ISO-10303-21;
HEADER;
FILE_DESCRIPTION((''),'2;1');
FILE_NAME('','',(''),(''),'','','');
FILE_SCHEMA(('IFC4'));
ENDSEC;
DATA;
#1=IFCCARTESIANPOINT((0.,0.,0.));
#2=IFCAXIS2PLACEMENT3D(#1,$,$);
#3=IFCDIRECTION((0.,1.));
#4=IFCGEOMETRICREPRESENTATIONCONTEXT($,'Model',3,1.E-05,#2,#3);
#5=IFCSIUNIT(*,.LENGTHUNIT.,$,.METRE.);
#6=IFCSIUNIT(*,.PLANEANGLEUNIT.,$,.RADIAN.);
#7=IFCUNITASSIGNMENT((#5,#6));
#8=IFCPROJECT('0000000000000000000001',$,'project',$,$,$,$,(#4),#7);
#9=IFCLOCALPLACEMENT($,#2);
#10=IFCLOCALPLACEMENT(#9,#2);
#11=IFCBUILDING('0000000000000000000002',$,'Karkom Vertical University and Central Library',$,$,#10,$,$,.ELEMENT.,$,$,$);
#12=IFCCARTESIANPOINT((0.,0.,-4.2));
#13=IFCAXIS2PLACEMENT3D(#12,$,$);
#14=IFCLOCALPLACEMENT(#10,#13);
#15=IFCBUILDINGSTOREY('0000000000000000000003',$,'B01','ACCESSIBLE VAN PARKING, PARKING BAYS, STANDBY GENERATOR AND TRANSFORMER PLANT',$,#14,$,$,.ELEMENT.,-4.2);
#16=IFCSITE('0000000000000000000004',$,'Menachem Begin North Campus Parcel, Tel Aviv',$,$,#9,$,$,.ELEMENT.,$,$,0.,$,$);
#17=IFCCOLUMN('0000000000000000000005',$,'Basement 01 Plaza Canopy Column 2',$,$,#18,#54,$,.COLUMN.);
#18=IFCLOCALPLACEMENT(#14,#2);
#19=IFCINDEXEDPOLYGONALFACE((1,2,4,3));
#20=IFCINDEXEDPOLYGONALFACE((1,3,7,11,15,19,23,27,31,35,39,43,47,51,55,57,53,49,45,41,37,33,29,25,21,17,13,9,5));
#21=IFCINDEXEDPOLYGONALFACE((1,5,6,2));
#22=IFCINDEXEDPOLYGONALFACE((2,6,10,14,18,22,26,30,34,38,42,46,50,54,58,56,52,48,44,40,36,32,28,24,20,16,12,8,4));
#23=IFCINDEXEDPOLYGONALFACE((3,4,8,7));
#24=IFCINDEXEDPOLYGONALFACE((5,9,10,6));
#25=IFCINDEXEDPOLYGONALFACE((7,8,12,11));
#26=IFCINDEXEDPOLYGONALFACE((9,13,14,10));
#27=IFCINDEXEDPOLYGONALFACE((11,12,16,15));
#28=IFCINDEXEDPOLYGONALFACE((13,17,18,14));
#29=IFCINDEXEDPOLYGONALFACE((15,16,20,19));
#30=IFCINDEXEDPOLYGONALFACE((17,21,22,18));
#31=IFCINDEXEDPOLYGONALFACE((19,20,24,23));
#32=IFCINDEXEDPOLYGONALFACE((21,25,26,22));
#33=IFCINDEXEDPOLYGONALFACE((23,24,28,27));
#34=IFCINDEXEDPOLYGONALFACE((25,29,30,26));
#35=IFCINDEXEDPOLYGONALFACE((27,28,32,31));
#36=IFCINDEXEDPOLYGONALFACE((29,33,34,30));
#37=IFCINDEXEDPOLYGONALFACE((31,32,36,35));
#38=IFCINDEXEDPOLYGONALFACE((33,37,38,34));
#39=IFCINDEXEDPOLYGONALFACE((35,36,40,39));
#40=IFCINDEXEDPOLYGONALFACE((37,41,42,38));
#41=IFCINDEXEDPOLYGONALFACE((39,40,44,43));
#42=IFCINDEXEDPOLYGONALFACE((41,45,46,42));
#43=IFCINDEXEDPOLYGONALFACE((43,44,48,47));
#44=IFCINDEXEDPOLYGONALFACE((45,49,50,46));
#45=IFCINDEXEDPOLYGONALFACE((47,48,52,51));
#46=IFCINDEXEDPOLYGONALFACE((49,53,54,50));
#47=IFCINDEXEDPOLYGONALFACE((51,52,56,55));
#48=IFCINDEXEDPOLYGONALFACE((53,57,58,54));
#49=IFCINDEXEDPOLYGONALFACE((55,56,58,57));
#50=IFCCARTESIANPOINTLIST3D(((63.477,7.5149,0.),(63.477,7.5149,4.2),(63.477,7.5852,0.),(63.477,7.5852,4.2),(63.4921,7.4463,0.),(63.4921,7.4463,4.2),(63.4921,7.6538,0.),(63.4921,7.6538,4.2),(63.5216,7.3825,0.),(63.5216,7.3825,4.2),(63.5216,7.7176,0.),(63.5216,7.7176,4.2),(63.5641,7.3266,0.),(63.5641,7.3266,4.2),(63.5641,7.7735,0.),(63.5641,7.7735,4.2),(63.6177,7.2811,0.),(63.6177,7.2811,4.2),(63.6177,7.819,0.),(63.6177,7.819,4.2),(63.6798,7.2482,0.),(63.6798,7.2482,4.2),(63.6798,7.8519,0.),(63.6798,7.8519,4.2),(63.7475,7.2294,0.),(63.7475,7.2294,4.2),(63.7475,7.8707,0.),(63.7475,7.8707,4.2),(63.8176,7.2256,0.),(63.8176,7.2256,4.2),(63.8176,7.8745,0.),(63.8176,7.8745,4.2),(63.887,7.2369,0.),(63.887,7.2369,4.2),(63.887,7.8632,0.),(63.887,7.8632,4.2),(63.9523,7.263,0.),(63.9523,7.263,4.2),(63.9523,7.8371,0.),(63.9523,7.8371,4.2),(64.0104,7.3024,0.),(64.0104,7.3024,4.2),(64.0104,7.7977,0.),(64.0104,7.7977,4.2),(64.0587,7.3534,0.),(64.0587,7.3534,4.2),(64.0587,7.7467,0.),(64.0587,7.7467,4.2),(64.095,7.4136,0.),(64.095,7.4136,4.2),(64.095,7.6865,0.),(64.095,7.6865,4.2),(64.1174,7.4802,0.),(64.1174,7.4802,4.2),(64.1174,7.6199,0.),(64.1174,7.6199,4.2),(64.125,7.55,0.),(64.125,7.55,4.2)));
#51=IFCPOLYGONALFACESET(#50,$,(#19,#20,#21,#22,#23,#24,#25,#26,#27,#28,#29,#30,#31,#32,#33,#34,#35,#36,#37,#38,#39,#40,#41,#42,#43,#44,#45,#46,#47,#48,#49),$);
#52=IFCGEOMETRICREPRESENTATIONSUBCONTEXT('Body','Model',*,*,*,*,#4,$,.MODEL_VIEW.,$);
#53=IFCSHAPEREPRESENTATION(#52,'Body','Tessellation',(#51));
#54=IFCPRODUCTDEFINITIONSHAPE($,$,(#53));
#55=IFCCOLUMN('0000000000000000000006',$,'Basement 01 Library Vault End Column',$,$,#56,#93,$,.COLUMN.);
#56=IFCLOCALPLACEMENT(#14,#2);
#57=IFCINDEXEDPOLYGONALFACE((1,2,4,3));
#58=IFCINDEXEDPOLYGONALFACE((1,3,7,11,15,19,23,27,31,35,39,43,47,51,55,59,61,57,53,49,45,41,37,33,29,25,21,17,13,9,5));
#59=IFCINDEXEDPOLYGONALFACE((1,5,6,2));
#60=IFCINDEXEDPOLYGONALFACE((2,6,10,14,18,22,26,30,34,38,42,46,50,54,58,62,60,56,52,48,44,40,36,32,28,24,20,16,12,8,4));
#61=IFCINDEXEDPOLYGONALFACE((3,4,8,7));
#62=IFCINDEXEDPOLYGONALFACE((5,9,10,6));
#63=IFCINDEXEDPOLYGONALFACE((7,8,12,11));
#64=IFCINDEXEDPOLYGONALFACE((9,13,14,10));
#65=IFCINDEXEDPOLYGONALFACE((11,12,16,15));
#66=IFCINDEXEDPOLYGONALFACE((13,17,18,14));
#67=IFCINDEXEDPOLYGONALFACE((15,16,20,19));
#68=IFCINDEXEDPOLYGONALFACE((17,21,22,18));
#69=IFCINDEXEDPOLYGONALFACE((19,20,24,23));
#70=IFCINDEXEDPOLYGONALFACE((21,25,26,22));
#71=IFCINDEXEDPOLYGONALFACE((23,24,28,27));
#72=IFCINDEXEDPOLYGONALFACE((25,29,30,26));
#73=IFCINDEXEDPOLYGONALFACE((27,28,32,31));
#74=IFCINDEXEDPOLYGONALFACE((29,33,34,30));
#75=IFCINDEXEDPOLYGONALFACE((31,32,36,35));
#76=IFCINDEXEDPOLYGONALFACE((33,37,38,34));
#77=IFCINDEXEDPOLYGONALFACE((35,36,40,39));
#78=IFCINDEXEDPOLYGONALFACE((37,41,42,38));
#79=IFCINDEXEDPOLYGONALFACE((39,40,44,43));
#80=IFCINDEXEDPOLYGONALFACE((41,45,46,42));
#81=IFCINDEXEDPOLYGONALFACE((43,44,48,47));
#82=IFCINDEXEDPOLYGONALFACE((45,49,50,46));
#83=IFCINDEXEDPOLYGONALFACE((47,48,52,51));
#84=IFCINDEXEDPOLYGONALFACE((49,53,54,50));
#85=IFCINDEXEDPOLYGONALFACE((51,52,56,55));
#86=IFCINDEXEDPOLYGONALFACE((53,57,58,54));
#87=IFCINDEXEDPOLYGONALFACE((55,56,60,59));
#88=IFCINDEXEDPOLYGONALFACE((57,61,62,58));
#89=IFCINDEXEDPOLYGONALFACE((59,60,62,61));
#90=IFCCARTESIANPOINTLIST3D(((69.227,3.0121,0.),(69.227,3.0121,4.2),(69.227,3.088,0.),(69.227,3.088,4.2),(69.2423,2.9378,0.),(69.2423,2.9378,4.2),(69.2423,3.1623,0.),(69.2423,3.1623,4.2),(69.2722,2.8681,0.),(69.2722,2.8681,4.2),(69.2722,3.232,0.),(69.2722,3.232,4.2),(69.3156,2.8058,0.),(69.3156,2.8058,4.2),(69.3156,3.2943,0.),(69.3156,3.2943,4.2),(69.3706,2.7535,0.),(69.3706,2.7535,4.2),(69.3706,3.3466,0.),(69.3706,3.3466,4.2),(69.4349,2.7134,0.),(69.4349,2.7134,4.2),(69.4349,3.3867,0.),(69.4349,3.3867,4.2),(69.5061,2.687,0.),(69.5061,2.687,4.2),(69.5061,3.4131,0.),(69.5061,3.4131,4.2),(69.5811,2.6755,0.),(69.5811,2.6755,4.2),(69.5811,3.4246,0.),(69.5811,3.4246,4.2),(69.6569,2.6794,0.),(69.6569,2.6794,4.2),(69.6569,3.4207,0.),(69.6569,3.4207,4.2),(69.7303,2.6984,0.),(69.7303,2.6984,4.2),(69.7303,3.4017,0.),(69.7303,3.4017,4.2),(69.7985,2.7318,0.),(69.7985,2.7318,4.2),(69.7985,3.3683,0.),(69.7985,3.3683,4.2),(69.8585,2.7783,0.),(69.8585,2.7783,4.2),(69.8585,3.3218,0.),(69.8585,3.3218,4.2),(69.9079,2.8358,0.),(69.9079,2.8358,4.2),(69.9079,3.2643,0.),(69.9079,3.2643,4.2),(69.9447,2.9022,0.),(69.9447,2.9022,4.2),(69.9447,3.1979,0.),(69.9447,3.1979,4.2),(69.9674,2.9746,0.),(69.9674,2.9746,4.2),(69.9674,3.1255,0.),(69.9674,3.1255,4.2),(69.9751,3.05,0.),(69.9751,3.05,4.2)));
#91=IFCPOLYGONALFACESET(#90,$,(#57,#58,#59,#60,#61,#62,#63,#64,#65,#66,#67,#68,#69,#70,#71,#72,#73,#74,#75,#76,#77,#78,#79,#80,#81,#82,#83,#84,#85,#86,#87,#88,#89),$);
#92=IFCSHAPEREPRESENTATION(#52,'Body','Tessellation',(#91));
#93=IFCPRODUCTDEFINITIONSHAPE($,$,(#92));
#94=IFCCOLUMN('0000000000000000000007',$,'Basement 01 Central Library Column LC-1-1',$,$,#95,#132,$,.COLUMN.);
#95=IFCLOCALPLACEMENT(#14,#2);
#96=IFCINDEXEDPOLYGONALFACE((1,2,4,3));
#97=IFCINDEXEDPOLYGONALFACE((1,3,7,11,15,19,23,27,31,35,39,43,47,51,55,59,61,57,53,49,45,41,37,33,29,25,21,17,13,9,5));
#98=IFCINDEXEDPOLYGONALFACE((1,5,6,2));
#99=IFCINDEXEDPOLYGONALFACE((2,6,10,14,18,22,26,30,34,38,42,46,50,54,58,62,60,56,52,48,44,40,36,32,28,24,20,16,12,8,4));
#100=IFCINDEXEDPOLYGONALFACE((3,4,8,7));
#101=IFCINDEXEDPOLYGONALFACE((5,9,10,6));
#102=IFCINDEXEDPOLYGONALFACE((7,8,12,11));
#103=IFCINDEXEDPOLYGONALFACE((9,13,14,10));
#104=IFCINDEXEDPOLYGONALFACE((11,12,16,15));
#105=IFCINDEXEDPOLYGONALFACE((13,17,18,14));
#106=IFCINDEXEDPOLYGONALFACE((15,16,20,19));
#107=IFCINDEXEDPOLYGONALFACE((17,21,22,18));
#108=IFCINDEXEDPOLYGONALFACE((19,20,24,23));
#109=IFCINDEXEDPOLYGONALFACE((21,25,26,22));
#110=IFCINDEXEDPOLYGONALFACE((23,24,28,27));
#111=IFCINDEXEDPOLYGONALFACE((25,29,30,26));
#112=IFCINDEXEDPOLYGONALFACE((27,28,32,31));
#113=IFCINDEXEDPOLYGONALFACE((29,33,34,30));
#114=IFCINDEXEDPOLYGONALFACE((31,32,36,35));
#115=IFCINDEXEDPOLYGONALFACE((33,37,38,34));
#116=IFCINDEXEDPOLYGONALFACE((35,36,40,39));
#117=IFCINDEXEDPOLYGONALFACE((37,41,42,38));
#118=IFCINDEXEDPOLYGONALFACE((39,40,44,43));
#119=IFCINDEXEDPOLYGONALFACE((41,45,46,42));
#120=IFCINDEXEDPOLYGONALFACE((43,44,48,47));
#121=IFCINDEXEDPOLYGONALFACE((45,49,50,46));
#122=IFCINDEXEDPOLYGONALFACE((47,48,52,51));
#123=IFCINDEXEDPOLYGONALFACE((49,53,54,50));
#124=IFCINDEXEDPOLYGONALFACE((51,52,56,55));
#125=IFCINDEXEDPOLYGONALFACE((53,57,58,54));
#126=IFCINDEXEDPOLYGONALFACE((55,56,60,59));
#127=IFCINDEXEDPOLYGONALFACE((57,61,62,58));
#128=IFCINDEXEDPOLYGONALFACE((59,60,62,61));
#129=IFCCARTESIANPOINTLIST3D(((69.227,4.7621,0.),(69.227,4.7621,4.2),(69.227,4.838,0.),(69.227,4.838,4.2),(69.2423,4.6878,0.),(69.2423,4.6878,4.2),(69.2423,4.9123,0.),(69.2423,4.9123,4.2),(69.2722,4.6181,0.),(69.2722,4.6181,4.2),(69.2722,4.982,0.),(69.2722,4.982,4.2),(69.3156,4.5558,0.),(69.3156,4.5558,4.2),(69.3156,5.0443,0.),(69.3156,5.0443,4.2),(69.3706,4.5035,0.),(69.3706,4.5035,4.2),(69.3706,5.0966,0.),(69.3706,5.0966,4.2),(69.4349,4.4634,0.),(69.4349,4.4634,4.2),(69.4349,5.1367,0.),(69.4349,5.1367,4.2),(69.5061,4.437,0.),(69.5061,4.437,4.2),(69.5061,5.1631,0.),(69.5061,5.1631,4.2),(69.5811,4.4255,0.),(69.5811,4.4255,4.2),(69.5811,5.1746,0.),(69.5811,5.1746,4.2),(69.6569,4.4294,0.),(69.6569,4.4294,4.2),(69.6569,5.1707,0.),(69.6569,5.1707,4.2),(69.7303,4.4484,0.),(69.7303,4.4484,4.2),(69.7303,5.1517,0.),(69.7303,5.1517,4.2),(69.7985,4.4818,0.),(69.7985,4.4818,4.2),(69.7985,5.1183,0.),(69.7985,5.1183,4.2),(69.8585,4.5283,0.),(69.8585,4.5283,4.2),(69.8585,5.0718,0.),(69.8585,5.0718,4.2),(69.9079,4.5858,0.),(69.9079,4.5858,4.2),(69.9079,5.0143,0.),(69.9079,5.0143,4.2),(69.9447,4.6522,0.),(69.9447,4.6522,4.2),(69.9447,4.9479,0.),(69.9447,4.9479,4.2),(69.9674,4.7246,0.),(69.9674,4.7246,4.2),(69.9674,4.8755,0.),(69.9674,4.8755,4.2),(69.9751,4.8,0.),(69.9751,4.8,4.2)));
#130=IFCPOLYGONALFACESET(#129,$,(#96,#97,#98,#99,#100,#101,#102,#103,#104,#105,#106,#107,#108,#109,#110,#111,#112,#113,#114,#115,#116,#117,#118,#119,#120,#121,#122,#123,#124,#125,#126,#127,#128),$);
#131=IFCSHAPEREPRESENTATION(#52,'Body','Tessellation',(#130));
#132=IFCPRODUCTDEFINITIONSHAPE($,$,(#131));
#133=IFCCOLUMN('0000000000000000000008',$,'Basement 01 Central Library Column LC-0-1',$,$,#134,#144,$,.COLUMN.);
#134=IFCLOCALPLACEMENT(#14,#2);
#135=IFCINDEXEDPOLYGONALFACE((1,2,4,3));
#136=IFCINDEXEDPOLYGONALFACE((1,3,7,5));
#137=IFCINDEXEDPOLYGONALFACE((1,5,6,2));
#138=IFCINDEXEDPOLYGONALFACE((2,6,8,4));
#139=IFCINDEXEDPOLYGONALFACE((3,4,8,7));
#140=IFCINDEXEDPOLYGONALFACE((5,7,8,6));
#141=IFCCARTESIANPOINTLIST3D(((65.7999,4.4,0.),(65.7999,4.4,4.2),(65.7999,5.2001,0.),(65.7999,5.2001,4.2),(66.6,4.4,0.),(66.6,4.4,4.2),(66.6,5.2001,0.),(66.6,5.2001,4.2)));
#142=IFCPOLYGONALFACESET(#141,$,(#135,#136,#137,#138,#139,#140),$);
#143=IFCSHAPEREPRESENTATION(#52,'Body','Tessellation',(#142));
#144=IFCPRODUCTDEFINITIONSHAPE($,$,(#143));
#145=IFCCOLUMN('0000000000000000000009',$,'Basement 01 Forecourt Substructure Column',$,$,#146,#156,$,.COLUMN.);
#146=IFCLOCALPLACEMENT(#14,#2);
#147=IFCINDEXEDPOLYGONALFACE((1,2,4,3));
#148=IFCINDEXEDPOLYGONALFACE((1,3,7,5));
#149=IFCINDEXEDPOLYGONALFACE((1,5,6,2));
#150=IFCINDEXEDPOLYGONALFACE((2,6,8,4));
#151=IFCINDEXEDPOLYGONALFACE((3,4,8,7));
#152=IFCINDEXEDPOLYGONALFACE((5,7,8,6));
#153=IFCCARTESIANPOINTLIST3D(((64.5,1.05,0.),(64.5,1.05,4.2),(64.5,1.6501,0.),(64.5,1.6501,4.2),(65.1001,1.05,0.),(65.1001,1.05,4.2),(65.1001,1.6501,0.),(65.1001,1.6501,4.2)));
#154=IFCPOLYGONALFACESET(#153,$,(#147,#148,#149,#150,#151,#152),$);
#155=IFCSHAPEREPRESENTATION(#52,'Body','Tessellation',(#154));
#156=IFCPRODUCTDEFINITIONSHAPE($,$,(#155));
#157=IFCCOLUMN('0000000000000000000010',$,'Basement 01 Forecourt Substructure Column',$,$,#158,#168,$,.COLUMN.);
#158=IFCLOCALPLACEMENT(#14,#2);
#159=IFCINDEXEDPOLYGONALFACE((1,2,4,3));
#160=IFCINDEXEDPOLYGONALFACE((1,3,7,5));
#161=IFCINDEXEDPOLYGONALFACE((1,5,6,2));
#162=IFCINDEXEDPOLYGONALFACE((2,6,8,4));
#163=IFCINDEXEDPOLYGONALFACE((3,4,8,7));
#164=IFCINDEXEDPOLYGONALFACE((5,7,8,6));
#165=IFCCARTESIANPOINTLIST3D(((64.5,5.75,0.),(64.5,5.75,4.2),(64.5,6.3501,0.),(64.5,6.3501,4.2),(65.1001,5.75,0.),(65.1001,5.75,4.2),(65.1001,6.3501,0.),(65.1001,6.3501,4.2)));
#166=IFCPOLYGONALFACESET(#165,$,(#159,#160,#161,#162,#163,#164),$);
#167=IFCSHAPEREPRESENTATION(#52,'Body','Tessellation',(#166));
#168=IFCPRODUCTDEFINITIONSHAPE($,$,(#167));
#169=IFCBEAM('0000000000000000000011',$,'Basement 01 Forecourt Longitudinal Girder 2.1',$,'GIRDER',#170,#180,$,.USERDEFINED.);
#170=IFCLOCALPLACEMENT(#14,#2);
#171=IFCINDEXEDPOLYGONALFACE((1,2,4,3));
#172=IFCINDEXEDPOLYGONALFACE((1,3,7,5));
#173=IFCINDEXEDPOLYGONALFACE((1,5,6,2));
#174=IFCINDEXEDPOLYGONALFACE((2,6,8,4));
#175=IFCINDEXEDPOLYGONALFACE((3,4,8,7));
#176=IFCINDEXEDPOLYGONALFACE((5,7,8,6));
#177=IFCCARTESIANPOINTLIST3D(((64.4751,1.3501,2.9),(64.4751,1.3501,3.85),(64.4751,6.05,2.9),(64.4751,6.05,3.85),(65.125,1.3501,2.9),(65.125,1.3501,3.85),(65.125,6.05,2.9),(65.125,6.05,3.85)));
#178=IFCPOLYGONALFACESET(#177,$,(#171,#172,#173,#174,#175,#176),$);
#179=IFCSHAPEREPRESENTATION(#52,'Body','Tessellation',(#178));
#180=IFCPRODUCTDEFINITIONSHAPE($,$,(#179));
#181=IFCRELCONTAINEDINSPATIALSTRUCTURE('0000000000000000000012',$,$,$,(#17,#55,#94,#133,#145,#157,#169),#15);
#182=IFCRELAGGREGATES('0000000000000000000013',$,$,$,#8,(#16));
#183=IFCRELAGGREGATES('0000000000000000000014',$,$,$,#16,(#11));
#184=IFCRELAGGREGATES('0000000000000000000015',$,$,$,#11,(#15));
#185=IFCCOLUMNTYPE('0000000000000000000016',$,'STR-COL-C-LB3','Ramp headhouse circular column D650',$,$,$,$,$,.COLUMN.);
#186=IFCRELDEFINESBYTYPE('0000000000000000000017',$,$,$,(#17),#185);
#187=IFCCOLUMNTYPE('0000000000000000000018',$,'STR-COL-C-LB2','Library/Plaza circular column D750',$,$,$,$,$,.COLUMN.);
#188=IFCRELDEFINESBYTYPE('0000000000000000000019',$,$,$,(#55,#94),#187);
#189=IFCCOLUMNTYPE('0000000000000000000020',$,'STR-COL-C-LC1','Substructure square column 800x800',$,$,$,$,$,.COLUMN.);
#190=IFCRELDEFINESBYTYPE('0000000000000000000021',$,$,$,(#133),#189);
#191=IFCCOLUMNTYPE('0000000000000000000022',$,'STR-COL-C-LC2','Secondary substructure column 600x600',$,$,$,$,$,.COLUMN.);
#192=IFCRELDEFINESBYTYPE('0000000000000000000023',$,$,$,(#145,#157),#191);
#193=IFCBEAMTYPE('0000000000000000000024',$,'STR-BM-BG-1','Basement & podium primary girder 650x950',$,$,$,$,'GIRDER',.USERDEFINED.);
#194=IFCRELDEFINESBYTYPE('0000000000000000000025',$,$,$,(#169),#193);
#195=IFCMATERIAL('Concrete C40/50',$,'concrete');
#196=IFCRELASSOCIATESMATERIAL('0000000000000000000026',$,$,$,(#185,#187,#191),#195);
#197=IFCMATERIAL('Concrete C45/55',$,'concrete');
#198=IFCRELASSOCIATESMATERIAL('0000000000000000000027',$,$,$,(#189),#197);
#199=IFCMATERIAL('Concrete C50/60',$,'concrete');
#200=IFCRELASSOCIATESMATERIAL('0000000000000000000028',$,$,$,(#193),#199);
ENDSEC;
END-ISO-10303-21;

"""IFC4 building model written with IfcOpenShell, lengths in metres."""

from ifc_helpers import new_model, si_unit, direction, frame, origin, origin_with_axes, origin_2d, place, context, subcontext, project, spatial, rectangle, circle, extrude, source, transform, mapped, material, material_profile, profile_set, type_object, element, save


model = new_model("IFC4")

# Units and contexts
model_context = context("Model", 3, precision=1e-05, world=origin(), true_north=direction((0.0, 1.0)))
body_context = subcontext(model_context, "Body", "Model", "MODEL_VIEW")
ifc_project = project(units=[si_unit("LENGTHUNIT", "METRE"), si_unit("PLANEANGLEUNIT", "RADIAN")], contexts=[model_context])

# Site, building, storey
site_placement = place(None, origin())
site = spatial("IfcSite", under=ifc_project, at=site_placement, Name="Menachem Begin North Campus Parcel, Tel Aviv", CompositionType="ELEMENT", RefElevation=0.0)
building_placement = place(site_placement, origin())
building = spatial("IfcBuilding", under=site, at=building_placement, Name="Karkom Vertical University and Central Library", CompositionType="ELEMENT")
storey_placement = place(building_placement, frame((0.0, 0.0, -4.2)))
storey = spatial("IfcBuildingStorey", under=building, at=storey_placement, Name="B01", Description="ACCESSIBLE VAN PARKING, PARKING BAYS, STANDBY GENERATOR AND TRANSFORMER PLANT", CompositionType="ELEMENT", Elevation=-4.2)

# Columns
ifc_material_1 = material(Name="Concrete C40/50", Category="concrete")
ifc_material_profile_1 = material_profile(ifc_material_1, circle(Radius=0.325, at=origin_2d()), Name="RC-D650")
ifc_profile_set_1 = profile_set([ifc_material_profile_1], Name="Concrete C40/50")
column_type_1 = type_object("IfcColumnType", Name="STR-COL-C-LB3", Description="Ramp headhouse circular column D650", PredefinedType="COLUMN", material=ifc_profile_set_1)
shared_shape_1 = source(origin_with_axes(), body_context, "Body", "SweptSolid", [
    extrude(circle(Radius=0.325, at=origin_2d()), origin(), (0.0, 0.0, 1.0), 4.2),
])
for number, where, z_axis, x_axis, name in (
    (1, (63.8, 7.55, 0.0), (0.0, 0.0, 1.0), (1.0, 0.0, 0.0), "Basement 01 Plaza Canopy Column 2"),
):
    element("IfcColumn", number, at=place(storey_placement, frame(where, z_axis=z_axis, x_axis=x_axis)), inside=storey, type_object=column_type_1, Name=name, PredefinedType="COLUMN", context=body_context, shape_type="MappedRepresentation", body=[
        mapped(shared_shape_1, transform((0.0, 0.0, 0.0), scale=1.0)),
    ])
ifc_material_profile_2 = material_profile(ifc_material_1, circle(Radius=0.375, at=origin_2d()), Name="RC-D750")
ifc_profile_set_2 = profile_set([ifc_material_profile_2], Name="Concrete C40/50")
column_type_2 = type_object("IfcColumnType", Name="STR-COL-C-LB2", Description="Library/Plaza circular column D750", PredefinedType="COLUMN", material=ifc_profile_set_2)
shared_shape_2 = source(origin_with_axes(), body_context, "Body", "SweptSolid", [
    extrude(circle(Radius=0.375, at=origin_2d()), origin(), (0.0, 0.0, 1.0), 4.2),
])
for number, where, z_axis, x_axis, name in (
    (2, (69.6001, 3.05, 0.0), (0.0, 0.0, 1.0), (1.0, 0.0, 0.0), "Basement 01 Library Vault End Column"),
    (3, (69.6001, 4.8, 0.0), (0.0, 0.0, 1.0), (1.0, 0.0, 0.0), "Basement 01 Central Library Column LC-1-1"),
):
    element("IfcColumn", number, at=place(storey_placement, frame(where, z_axis=z_axis, x_axis=x_axis)), inside=storey, type_object=column_type_2, Name=name, PredefinedType="COLUMN", context=body_context, shape_type="MappedRepresentation", body=[
        mapped(shared_shape_2, transform((0.0, 0.0, 0.0), scale=1.0)),
    ])
ifc_material_2 = material(Name="Concrete C45/55", Category="concrete")
ifc_material_profile_3 = material_profile(ifc_material_2, rectangle(XDim=0.8, YDim=0.8, at=origin_2d()), Name="RC-800x800")
ifc_profile_set_3 = profile_set([ifc_material_profile_3], Name="Concrete C45/55")
column_type_3 = type_object("IfcColumnType", Name="STR-COL-C-LC1", Description="Substructure square column 800x800", PredefinedType="COLUMN", material=ifc_profile_set_3)
shared_shape_3 = source(origin_with_axes(), body_context, "Body", "SweptSolid", [
    extrude(rectangle(XDim=0.8, YDim=0.8, at=origin_2d()), origin(), (0.0, 0.0, 1.0), 4.2),
])
column_placement = place(storey_placement, frame((66.2, 4.8, 0.0), z_axis=(0.0, 0.0, 1.0), x_axis=(1.0, 0.0, 0.0)))
element("IfcColumn", 4, at=column_placement, inside=storey, type_object=column_type_3, Name="Basement 01 Central Library Column LC-0-1", PredefinedType="COLUMN", context=body_context, shape_type="MappedRepresentation", body=[
    mapped(shared_shape_3, transform((0.0, 0.0, 0.0), scale=1.0)),
])
ifc_material_profile_4 = material_profile(ifc_material_1, rectangle(XDim=0.6001, YDim=0.6001, at=origin_2d()), Name="RC-600x600")
ifc_profile_set_4 = profile_set([ifc_material_profile_4], Name="Concrete C40/50")
column_type_4 = type_object("IfcColumnType", Name="STR-COL-C-LC2", Description="Secondary substructure column 600x600", PredefinedType="COLUMN", material=ifc_profile_set_4)
shared_shape_4 = source(origin_with_axes(), body_context, "Body", "SweptSolid", [
    extrude(rectangle(XDim=0.6001, YDim=0.6001, at=origin_2d()), origin(), (0.0, 0.0, 1.0), 4.2),
])
for number, where, z_axis, x_axis, name in (
    (5, (64.8, 1.3501, 0.0), (0.0, 0.0, 1.0), (1.0, 0.0, 0.0), "Basement 01 Forecourt Substructure Column"),
    (6, (64.8, 6.05, 0.0), (0.0, 0.0, 1.0), (1.0, 0.0, 0.0), "Basement 01 Forecourt Substructure Column"),
):
    element("IfcColumn", number, at=place(storey_placement, frame(where, z_axis=z_axis, x_axis=x_axis)), inside=storey, type_object=column_type_4, Name=name, PredefinedType="COLUMN", context=body_context, shape_type="MappedRepresentation", body=[
        mapped(shared_shape_4, transform((0.0, 0.0, 0.0), scale=1.0)),
    ])

# Beam
ifc_material_3 = material(Name="Concrete C50/60", Category="concrete")
ifc_material_profile_5 = material_profile(ifc_material_3, rectangle(XDim=0.6499, YDim=0.95, at=origin_2d()), Name="RCG-650x950")
ifc_profile_set_5 = profile_set([ifc_material_profile_5], Name="Concrete C50/60")
beam_type_1 = type_object("IfcBeamType", Name="STR-BM-BG-1", Description="Basement & podium primary girder 650x950", ElementType="GIRDER", PredefinedType="USERDEFINED", material=ifc_profile_set_5)
shared_shape_5 = source(origin_with_axes(), body_context, "Body", "SweptSolid", [
    extrude(rectangle(XDim=0.6499, YDim=0.95, at=origin_2d()), origin(), (0.0, 0.0, 1.0), 4.7),
])
for number, where, z_axis, x_axis, name in (
    (7, (64.8, 1.3501, 3.375), (0.0, 1.0, 0.0), (-1.0, 0.0, 0.0), "Basement 01 Forecourt Longitudinal Girder 2.1"),
):
    element("IfcBeam", number, at=place(storey_placement, frame(where, z_axis=z_axis, x_axis=x_axis)), inside=storey, type_object=beam_type_1, Name=name, ObjectType="GIRDER", PredefinedType="USERDEFINED", context=body_context, shape_type="MappedRepresentation", body=[
        mapped(shared_shape_5, transform((0.0, 0.0, 0.0), scale=1.0)),
    ])

save(model, "model.ifc")
